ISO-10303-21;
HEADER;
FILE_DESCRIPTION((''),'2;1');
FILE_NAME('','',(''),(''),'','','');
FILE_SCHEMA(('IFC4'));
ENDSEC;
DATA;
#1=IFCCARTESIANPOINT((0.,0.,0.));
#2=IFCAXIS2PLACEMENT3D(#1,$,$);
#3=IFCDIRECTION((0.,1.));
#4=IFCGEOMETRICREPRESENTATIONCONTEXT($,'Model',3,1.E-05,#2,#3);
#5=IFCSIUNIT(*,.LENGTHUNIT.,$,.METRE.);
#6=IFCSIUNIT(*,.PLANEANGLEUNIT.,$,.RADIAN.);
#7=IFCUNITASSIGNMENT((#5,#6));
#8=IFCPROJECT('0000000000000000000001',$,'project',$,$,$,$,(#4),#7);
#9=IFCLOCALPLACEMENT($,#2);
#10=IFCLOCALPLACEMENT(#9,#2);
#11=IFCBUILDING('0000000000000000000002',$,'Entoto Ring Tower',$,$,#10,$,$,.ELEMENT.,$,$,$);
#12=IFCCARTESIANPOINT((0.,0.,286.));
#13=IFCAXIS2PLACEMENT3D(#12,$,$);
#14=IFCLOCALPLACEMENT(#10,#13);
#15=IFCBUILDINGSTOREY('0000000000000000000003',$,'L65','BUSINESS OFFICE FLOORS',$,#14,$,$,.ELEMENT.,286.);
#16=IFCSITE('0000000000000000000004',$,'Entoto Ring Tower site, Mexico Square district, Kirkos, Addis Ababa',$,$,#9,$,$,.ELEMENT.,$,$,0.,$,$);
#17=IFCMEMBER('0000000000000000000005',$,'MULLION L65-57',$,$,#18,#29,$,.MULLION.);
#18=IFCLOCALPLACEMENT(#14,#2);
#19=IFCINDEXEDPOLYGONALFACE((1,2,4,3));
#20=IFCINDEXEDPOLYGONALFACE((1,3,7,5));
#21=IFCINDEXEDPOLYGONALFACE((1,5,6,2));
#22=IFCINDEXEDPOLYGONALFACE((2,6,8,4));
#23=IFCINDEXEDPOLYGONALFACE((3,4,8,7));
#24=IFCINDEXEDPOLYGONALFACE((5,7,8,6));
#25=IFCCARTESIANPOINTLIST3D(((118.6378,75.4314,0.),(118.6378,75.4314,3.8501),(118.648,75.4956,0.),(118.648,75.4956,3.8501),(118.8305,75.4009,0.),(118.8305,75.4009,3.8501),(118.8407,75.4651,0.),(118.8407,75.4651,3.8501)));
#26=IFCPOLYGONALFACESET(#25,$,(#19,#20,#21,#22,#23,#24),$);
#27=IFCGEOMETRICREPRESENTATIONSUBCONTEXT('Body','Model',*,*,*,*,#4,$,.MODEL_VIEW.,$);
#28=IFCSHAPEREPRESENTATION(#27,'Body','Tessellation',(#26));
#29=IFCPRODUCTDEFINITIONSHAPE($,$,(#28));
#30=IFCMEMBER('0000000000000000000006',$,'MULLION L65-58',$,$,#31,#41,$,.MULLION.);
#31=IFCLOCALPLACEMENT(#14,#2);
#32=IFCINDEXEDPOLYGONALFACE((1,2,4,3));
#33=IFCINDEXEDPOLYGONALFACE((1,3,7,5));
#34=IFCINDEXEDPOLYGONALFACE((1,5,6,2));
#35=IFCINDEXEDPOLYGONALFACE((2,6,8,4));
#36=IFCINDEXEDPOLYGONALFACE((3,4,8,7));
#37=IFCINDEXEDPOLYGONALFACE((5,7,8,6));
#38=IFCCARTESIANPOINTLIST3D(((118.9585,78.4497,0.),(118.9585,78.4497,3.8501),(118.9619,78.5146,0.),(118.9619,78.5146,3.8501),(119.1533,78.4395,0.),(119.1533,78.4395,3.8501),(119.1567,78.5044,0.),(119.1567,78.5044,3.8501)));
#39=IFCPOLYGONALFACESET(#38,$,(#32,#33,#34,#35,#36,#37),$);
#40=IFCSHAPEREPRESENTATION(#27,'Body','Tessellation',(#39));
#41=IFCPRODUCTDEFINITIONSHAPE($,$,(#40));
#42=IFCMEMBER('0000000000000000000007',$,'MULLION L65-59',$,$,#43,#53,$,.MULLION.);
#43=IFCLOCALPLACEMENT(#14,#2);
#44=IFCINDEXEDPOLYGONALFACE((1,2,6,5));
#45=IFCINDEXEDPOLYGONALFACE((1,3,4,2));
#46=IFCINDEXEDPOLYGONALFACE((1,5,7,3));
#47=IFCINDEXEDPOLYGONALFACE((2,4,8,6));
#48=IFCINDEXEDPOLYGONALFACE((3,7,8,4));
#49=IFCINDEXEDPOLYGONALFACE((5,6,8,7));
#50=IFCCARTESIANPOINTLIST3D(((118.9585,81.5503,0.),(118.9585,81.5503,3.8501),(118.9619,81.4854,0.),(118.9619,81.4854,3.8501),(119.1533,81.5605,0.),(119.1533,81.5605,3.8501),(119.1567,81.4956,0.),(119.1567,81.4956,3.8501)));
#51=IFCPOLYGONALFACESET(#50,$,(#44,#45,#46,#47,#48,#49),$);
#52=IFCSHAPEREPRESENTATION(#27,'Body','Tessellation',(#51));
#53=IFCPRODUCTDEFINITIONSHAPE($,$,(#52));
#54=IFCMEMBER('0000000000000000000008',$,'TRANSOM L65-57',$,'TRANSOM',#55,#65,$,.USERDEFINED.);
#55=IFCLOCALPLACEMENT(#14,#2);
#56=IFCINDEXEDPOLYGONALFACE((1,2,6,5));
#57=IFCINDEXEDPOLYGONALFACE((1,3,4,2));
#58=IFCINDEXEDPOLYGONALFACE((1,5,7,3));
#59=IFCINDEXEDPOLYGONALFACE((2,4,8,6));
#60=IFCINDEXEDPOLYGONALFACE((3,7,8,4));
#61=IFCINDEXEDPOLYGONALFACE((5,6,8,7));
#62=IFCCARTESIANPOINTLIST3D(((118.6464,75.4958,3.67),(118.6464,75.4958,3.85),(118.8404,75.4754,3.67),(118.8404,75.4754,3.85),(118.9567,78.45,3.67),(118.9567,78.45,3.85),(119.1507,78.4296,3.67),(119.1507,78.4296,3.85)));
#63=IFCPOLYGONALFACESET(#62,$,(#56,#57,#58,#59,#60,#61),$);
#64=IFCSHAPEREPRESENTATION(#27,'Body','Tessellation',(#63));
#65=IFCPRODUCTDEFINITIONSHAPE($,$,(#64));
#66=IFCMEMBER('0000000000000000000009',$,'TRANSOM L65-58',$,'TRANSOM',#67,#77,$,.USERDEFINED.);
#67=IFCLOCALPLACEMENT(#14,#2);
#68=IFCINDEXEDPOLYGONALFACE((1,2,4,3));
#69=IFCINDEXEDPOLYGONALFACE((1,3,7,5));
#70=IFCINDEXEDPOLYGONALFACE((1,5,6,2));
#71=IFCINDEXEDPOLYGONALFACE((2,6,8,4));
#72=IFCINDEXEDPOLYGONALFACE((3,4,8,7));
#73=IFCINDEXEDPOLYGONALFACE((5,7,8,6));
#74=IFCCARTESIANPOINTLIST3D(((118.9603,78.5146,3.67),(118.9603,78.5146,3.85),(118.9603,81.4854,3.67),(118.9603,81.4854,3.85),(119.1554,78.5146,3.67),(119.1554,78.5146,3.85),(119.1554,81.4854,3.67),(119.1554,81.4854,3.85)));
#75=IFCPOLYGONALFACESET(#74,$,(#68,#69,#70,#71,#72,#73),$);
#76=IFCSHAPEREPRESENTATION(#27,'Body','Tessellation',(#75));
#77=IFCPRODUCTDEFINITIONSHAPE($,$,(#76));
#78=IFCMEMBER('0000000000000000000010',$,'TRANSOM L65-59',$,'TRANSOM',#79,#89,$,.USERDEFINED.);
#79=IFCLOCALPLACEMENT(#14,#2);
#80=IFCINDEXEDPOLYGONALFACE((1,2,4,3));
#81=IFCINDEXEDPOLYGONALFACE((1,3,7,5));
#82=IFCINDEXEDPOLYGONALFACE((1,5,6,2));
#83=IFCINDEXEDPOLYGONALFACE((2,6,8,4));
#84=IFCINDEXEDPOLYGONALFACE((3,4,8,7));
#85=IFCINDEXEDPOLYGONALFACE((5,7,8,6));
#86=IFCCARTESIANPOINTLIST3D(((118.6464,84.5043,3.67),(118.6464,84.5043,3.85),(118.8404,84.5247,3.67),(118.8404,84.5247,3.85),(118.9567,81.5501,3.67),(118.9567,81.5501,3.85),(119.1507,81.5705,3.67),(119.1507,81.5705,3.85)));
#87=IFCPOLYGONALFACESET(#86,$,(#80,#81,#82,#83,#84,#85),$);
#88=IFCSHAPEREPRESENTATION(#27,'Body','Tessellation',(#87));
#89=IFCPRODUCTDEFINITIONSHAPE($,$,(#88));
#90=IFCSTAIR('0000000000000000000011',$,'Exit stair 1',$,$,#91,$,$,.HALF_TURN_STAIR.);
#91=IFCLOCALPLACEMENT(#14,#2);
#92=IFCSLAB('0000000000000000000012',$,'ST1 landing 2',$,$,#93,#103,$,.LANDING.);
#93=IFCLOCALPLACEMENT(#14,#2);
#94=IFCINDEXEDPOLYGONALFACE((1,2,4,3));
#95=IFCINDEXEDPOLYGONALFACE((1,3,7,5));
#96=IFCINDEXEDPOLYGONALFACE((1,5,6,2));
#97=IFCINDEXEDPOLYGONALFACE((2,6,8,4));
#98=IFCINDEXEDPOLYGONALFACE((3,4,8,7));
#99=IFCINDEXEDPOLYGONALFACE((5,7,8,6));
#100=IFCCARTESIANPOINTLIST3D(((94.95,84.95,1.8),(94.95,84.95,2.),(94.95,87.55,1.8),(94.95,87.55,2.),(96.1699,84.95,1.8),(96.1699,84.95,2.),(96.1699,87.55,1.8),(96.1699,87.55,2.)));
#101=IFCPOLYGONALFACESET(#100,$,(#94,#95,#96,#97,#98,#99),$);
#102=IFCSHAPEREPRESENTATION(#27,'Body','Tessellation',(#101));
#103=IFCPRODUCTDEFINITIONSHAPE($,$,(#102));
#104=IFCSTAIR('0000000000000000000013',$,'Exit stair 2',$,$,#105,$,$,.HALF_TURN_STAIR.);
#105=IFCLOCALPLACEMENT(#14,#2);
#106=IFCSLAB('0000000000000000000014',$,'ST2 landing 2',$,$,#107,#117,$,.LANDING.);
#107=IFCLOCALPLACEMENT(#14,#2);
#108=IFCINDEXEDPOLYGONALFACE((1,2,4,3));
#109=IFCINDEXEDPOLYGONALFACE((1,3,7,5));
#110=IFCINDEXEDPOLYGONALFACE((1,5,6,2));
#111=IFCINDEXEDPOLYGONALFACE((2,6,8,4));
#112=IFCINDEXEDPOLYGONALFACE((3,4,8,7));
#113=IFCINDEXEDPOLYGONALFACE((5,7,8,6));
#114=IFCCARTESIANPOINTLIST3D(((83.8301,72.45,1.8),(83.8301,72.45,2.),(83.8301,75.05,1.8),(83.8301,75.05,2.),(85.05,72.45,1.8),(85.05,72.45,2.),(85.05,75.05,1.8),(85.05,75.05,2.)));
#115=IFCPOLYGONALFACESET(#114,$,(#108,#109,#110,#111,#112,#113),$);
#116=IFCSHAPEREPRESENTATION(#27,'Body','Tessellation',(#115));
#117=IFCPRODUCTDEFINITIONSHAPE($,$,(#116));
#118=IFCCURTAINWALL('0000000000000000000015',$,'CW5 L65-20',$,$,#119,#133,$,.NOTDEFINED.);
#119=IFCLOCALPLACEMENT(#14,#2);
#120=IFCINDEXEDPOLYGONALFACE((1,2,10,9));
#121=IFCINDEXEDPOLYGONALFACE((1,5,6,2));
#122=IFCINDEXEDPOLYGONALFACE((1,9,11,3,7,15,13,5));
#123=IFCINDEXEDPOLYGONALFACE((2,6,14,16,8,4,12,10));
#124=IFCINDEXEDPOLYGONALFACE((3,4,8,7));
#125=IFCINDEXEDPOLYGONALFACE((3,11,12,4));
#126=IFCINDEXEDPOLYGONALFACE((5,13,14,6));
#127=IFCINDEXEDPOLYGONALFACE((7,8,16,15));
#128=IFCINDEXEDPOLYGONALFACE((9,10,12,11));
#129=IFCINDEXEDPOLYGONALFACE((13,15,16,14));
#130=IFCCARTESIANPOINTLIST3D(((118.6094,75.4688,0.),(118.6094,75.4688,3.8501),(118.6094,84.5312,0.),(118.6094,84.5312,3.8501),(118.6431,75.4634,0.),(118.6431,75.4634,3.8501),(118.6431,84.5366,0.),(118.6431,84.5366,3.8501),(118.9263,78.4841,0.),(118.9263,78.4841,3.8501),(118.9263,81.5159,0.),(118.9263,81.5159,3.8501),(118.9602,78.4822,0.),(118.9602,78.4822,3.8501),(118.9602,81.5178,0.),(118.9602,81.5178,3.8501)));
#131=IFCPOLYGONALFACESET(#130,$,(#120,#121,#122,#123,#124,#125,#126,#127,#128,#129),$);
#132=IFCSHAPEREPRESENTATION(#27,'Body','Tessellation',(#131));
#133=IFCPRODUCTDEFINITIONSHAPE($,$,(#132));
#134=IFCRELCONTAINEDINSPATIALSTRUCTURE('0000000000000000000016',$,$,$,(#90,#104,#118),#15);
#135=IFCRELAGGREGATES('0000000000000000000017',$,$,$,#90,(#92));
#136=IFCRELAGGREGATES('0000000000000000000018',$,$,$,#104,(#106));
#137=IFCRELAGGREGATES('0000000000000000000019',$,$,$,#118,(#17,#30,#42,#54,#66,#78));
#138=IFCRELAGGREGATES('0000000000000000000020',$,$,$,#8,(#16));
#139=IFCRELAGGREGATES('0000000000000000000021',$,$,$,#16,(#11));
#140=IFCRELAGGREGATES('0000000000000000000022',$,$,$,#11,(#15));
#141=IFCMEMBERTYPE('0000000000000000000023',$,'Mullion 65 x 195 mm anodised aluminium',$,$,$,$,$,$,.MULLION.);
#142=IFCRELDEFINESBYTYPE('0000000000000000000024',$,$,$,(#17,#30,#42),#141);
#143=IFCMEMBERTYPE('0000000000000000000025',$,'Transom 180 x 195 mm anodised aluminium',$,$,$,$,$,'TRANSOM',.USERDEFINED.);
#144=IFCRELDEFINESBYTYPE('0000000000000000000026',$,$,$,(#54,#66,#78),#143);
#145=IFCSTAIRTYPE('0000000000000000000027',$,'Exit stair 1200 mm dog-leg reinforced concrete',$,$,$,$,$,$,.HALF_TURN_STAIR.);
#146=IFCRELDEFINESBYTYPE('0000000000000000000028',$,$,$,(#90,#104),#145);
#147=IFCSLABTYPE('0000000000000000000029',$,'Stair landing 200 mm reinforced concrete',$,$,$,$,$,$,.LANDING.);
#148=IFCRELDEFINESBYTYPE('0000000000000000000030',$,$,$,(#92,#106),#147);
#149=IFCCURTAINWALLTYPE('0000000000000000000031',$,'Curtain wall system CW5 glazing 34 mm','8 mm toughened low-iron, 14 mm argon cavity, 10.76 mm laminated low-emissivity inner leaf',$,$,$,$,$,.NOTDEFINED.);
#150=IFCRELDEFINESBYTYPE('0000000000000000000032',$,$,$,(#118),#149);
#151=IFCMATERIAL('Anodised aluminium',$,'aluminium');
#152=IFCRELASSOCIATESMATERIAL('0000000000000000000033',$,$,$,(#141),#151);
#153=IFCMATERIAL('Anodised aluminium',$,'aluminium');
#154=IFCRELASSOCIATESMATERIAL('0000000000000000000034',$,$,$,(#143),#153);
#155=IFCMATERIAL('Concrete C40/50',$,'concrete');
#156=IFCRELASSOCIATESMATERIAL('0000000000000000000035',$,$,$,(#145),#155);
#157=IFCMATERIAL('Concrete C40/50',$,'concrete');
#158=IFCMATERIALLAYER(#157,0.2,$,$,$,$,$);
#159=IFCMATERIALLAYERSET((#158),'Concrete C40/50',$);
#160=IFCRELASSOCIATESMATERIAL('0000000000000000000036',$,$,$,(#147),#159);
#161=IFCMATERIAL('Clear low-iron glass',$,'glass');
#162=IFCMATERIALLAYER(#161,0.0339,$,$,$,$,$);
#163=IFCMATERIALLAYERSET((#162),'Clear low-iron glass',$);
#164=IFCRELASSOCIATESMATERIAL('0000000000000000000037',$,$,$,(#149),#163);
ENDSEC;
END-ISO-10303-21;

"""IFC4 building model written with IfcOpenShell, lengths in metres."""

from ifc_helpers import new_model, si_unit, direction, frame, origin, origin_2d, place, context, subcontext, project, spatial, polyline, rectangle, outline, extrude, material, layer, layer_set, material_profile, profile_set, type_object, element, aggregate, save


model = new_model("IFC4")

# Units and contexts
model_context = context("Model", 3, precision=1e-05, world=origin(), true_north=direction((0.0, 1.0)))
body_context = subcontext(model_context, "Body", "Model", "MODEL_VIEW")
ifc_project = project(units=[si_unit("LENGTHUNIT", "METRE"), si_unit("PLANEANGLEUNIT", "RADIAN")], contexts=[model_context])

# Members
ifc_material_1 = material(Name="Anodised aluminium", Category="aluminium")
ifc_material_profile_1 = material_profile(ifc_material_1, rectangle(XDim=0.0649, YDim=0.1951, at=origin_2d()), Name="Mullion 65 x 195 mm anodised aluminium")
ifc_profile_set_1 = profile_set([ifc_material_profile_1], Name="Anodised aluminium")
member_type_1 = type_object("IfcMemberType", Name="Mullion 65 x 195 mm anodised aluminium", PredefinedType="MULLION", material=ifc_profile_set_1)
site_placement = place(None, origin())
building_placement = place(site_placement, origin())
storey_placement = place(building_placement, frame((0.0, 0.0, 286.0)))
member_1_placement = place(storey_placement, frame((118.7393, 75.4482, 0.0), z_axis=(0.0, 0.0, 1.0), x_axis=(0.156434, 0.987688, 0.0)))
member_1 = element("IfcMember", 1, at=member_1_placement, type_object=member_type_1, Name="MULLION L65-57", PredefinedType="MULLION", context=body_context, shape_type="SweptSolid", body=[
    extrude(rectangle(XDim=0.0649, YDim=0.1951, at=origin_2d()), origin(), (0.0, 0.0, 1.0), 3.8501),
])
member_2_placement = place(storey_placement, frame((119.0576, 78.4771, 0.0), z_axis=(0.0, 0.0, 1.0), x_axis=(0.052336, 0.99863, 0.0)))
member_2 = element("IfcMember", 2, at=member_2_placement, type_object=member_type_1, Name="MULLION L65-58", PredefinedType="MULLION", context=body_context, shape_type="SweptSolid", body=[
    extrude(rectangle(XDim=0.0649, YDim=0.1951, at=origin_2d()), origin(), (0.0, 0.0, 1.0), 3.8501),
])
member_3_placement = place(storey_placement, frame((119.0576, 81.5229, 0.0), z_axis=(0.0, 0.0, 1.0), x_axis=(-0.052336, 0.99863, 0.0)))
member_3 = element("IfcMember", 3, at=member_3_placement, type_object=member_type_1, Name="MULLION L65-59", PredefinedType="MULLION", context=body_context, shape_type="SweptSolid", body=[
    extrude(rectangle(XDim=0.0649, YDim=0.1951, at=origin_2d()), origin(), (0.0, 0.0, 1.0), 3.8501),
])
ifc_material_2 = material(Name="Anodised aluminium", Category="aluminium")
ifc_material_profile_2 = material_profile(ifc_material_2, rectangle(XDim=0.1951, YDim=0.1799, at=origin_2d()), Name="Transom 180 x 195 mm anodised aluminium")
ifc_profile_set_2 = profile_set([ifc_material_profile_2], Name="Anodised aluminium")
member_type_2 = type_object("IfcMemberType", Name="Transom 180 x 195 mm anodised aluminium", ElementType="TRANSOM", PredefinedType="USERDEFINED", material=ifc_profile_set_2)
member_4_placement = place(storey_placement, frame((118.7434, 75.4856, 3.76), z_axis=(0.104467, 0.994528, 0.0), x_axis=(-0.994528, 0.104467, 0.0)))
member_4 = element("IfcMember", 4, at=member_4_placement, type_object=member_type_2, Name="TRANSOM L65-57", ObjectType="TRANSOM", PredefinedType="USERDEFINED", context=body_context, shape_type="SweptSolid", body=[
    extrude(rectangle(XDim=0.1951, YDim=0.1799, at=origin_2d()), origin(), (0.0, 0.0, 1.0), 2.9705),
])
member_5_placement = place(storey_placement, frame((119.0579, 78.5146, 3.76), z_axis=(0.0, 1.0, 0.0), x_axis=(-1.0, 0.0, 0.0)))
member_5 = element("IfcMember", 5, at=member_5_placement, type_object=member_type_2, Name="TRANSOM L65-58", ObjectType="TRANSOM", PredefinedType="USERDEFINED", context=body_context, shape_type="SweptSolid", body=[
    extrude(rectangle(XDim=0.1951, YDim=0.1799, at=origin_2d()), origin(), (0.0, 0.0, 1.0), 2.9707),
])
member_6_placement = place(storey_placement, frame((119.0537, 81.5603, 3.76), z_axis=(-0.104467, 0.994528, 0.0), x_axis=(-0.994528, -0.104467, 0.0)))
member_6 = element("IfcMember", 6, at=member_6_placement, type_object=member_type_2, Name="TRANSOM L65-59", ObjectType="TRANSOM", PredefinedType="USERDEFINED", context=body_context, shape_type="SweptSolid", body=[
    extrude(rectangle(XDim=0.1951, YDim=0.1799, at=origin_2d()), origin(), (0.0, 0.0, 1.0), 2.9705),
])

# Site, building, storey
site = spatial("IfcSite", under=ifc_project, at=site_placement, Name="Entoto Ring Tower site, Mexico Square district, Kirkos, Addis Ababa", CompositionType="ELEMENT", RefElevation=0.0)
building = spatial("IfcBuilding", under=site, at=building_placement, Name="Entoto Ring Tower", CompositionType="ELEMENT")
storey = spatial("IfcBuildingStorey", under=building, at=storey_placement, Name="L65", Description="BUSINESS OFFICE FLOORS", CompositionType="ELEMENT", Elevation=286.0)

# Stairs, slabs
ifc_material_3 = material(Name="Concrete C40/50", Category="concrete")
stair_type = type_object("IfcStairType", Name="Exit stair 1200 mm dog-leg reinforced concrete", PredefinedType="HALF_TURN_STAIR", material=ifc_material_3)
stair_1_placement = place(storey_placement, origin())
stair_1 = element("IfcStair", 7, at=stair_1_placement, inside=storey, type_object=stair_type, Name="Exit stair 1", PredefinedType="HALF_TURN_STAIR")
ifc_material_4 = material(Name="Concrete C40/50", Category="concrete")
ifc_layer_1 = layer(ifc_material_4, 0.2)
ifc_layer_set_1 = layer_set([ifc_layer_1], Name="Concrete C40/50")
slab_type = type_object("IfcSlabType", Name="Stair landing 200 mm reinforced concrete", PredefinedType="LANDING", material=ifc_layer_set_1)
slab_1_placement = place(storey_placement, frame((0.0, 0.0, 1.8)))
slab_1 = element("IfcSlab", 8, at=slab_1_placement, type_object=slab_type, Name="ST1 landing 2", PredefinedType="LANDING", context=body_context, shape_type="SweptSolid", body=[
    extrude(outline(polyline([(94.95, 84.95), (96.1699, 84.95), (96.1699, 87.55), (94.95, 87.55), (94.95, 84.95)])), origin(), (0.0, 0.0, 1.0), 0.2),
])
aggregate(stair_1, [slab_1])
stair_2_placement = place(storey_placement, origin())
stair_2 = element("IfcStair", 9, at=stair_2_placement, inside=storey, type_object=stair_type, Name="Exit stair 2", PredefinedType="HALF_TURN_STAIR")
slab_2_placement = place(storey_placement, frame((0.0, 0.0, 1.8)))
slab_2 = element("IfcSlab", 10, at=slab_2_placement, type_object=slab_type, Name="ST2 landing 2", PredefinedType="LANDING", context=body_context, shape_type="SweptSolid", body=[
    extrude(outline(polyline([(83.8301, 72.45), (85.05, 72.45), (85.05, 75.05), (83.8301, 75.05), (83.8301, 72.45)])), origin(), (0.0, 0.0, 1.0), 0.2),
])
aggregate(stair_2, [slab_2])

# Curtain wall
ifc_material_5 = material(Name="Clear low-iron glass", Category="glass")
ifc_layer_2 = layer(ifc_material_5, 0.0339)
ifc_layer_set_2 = layer_set([ifc_layer_2], Name="Clear low-iron glass")
curtain_wall_type = type_object("IfcCurtainWallType", Name="Curtain wall system CW5 glazing 34 mm", Description="8 mm toughened low-iron, 14 mm argon cavity, 10.76 mm laminated low-emissivity inner leaf", PredefinedType="NOTDEFINED", material=ifc_layer_set_2)
curtain_wall_1_placement = place(storey_placement, origin())
curtain_wall_1 = element("IfcCurtainWall", 11, at=curtain_wall_1_placement, inside=storey, type_object=curtain_wall_type, Name="CW5 L65-20", PredefinedType="NOTDEFINED", context=body_context, shape_type="SweptSolid", body=[
    extrude(outline(polyline([(118.6431, 75.4634), (118.9602, 78.4822), (118.9602, 81.5178), (118.6431, 84.5366), (118.6094, 84.5312), (118.9263, 81.5159), (118.9263, 78.4841), (118.6094, 75.4688), (118.6431, 75.4634)])), origin(), (0.0, 0.0, 1.0), 3.8501),
])
aggregate(curtain_wall_1, [member_1, member_2, member_3, member_4, member_5, member_6])

save(model, "model.ifc")
